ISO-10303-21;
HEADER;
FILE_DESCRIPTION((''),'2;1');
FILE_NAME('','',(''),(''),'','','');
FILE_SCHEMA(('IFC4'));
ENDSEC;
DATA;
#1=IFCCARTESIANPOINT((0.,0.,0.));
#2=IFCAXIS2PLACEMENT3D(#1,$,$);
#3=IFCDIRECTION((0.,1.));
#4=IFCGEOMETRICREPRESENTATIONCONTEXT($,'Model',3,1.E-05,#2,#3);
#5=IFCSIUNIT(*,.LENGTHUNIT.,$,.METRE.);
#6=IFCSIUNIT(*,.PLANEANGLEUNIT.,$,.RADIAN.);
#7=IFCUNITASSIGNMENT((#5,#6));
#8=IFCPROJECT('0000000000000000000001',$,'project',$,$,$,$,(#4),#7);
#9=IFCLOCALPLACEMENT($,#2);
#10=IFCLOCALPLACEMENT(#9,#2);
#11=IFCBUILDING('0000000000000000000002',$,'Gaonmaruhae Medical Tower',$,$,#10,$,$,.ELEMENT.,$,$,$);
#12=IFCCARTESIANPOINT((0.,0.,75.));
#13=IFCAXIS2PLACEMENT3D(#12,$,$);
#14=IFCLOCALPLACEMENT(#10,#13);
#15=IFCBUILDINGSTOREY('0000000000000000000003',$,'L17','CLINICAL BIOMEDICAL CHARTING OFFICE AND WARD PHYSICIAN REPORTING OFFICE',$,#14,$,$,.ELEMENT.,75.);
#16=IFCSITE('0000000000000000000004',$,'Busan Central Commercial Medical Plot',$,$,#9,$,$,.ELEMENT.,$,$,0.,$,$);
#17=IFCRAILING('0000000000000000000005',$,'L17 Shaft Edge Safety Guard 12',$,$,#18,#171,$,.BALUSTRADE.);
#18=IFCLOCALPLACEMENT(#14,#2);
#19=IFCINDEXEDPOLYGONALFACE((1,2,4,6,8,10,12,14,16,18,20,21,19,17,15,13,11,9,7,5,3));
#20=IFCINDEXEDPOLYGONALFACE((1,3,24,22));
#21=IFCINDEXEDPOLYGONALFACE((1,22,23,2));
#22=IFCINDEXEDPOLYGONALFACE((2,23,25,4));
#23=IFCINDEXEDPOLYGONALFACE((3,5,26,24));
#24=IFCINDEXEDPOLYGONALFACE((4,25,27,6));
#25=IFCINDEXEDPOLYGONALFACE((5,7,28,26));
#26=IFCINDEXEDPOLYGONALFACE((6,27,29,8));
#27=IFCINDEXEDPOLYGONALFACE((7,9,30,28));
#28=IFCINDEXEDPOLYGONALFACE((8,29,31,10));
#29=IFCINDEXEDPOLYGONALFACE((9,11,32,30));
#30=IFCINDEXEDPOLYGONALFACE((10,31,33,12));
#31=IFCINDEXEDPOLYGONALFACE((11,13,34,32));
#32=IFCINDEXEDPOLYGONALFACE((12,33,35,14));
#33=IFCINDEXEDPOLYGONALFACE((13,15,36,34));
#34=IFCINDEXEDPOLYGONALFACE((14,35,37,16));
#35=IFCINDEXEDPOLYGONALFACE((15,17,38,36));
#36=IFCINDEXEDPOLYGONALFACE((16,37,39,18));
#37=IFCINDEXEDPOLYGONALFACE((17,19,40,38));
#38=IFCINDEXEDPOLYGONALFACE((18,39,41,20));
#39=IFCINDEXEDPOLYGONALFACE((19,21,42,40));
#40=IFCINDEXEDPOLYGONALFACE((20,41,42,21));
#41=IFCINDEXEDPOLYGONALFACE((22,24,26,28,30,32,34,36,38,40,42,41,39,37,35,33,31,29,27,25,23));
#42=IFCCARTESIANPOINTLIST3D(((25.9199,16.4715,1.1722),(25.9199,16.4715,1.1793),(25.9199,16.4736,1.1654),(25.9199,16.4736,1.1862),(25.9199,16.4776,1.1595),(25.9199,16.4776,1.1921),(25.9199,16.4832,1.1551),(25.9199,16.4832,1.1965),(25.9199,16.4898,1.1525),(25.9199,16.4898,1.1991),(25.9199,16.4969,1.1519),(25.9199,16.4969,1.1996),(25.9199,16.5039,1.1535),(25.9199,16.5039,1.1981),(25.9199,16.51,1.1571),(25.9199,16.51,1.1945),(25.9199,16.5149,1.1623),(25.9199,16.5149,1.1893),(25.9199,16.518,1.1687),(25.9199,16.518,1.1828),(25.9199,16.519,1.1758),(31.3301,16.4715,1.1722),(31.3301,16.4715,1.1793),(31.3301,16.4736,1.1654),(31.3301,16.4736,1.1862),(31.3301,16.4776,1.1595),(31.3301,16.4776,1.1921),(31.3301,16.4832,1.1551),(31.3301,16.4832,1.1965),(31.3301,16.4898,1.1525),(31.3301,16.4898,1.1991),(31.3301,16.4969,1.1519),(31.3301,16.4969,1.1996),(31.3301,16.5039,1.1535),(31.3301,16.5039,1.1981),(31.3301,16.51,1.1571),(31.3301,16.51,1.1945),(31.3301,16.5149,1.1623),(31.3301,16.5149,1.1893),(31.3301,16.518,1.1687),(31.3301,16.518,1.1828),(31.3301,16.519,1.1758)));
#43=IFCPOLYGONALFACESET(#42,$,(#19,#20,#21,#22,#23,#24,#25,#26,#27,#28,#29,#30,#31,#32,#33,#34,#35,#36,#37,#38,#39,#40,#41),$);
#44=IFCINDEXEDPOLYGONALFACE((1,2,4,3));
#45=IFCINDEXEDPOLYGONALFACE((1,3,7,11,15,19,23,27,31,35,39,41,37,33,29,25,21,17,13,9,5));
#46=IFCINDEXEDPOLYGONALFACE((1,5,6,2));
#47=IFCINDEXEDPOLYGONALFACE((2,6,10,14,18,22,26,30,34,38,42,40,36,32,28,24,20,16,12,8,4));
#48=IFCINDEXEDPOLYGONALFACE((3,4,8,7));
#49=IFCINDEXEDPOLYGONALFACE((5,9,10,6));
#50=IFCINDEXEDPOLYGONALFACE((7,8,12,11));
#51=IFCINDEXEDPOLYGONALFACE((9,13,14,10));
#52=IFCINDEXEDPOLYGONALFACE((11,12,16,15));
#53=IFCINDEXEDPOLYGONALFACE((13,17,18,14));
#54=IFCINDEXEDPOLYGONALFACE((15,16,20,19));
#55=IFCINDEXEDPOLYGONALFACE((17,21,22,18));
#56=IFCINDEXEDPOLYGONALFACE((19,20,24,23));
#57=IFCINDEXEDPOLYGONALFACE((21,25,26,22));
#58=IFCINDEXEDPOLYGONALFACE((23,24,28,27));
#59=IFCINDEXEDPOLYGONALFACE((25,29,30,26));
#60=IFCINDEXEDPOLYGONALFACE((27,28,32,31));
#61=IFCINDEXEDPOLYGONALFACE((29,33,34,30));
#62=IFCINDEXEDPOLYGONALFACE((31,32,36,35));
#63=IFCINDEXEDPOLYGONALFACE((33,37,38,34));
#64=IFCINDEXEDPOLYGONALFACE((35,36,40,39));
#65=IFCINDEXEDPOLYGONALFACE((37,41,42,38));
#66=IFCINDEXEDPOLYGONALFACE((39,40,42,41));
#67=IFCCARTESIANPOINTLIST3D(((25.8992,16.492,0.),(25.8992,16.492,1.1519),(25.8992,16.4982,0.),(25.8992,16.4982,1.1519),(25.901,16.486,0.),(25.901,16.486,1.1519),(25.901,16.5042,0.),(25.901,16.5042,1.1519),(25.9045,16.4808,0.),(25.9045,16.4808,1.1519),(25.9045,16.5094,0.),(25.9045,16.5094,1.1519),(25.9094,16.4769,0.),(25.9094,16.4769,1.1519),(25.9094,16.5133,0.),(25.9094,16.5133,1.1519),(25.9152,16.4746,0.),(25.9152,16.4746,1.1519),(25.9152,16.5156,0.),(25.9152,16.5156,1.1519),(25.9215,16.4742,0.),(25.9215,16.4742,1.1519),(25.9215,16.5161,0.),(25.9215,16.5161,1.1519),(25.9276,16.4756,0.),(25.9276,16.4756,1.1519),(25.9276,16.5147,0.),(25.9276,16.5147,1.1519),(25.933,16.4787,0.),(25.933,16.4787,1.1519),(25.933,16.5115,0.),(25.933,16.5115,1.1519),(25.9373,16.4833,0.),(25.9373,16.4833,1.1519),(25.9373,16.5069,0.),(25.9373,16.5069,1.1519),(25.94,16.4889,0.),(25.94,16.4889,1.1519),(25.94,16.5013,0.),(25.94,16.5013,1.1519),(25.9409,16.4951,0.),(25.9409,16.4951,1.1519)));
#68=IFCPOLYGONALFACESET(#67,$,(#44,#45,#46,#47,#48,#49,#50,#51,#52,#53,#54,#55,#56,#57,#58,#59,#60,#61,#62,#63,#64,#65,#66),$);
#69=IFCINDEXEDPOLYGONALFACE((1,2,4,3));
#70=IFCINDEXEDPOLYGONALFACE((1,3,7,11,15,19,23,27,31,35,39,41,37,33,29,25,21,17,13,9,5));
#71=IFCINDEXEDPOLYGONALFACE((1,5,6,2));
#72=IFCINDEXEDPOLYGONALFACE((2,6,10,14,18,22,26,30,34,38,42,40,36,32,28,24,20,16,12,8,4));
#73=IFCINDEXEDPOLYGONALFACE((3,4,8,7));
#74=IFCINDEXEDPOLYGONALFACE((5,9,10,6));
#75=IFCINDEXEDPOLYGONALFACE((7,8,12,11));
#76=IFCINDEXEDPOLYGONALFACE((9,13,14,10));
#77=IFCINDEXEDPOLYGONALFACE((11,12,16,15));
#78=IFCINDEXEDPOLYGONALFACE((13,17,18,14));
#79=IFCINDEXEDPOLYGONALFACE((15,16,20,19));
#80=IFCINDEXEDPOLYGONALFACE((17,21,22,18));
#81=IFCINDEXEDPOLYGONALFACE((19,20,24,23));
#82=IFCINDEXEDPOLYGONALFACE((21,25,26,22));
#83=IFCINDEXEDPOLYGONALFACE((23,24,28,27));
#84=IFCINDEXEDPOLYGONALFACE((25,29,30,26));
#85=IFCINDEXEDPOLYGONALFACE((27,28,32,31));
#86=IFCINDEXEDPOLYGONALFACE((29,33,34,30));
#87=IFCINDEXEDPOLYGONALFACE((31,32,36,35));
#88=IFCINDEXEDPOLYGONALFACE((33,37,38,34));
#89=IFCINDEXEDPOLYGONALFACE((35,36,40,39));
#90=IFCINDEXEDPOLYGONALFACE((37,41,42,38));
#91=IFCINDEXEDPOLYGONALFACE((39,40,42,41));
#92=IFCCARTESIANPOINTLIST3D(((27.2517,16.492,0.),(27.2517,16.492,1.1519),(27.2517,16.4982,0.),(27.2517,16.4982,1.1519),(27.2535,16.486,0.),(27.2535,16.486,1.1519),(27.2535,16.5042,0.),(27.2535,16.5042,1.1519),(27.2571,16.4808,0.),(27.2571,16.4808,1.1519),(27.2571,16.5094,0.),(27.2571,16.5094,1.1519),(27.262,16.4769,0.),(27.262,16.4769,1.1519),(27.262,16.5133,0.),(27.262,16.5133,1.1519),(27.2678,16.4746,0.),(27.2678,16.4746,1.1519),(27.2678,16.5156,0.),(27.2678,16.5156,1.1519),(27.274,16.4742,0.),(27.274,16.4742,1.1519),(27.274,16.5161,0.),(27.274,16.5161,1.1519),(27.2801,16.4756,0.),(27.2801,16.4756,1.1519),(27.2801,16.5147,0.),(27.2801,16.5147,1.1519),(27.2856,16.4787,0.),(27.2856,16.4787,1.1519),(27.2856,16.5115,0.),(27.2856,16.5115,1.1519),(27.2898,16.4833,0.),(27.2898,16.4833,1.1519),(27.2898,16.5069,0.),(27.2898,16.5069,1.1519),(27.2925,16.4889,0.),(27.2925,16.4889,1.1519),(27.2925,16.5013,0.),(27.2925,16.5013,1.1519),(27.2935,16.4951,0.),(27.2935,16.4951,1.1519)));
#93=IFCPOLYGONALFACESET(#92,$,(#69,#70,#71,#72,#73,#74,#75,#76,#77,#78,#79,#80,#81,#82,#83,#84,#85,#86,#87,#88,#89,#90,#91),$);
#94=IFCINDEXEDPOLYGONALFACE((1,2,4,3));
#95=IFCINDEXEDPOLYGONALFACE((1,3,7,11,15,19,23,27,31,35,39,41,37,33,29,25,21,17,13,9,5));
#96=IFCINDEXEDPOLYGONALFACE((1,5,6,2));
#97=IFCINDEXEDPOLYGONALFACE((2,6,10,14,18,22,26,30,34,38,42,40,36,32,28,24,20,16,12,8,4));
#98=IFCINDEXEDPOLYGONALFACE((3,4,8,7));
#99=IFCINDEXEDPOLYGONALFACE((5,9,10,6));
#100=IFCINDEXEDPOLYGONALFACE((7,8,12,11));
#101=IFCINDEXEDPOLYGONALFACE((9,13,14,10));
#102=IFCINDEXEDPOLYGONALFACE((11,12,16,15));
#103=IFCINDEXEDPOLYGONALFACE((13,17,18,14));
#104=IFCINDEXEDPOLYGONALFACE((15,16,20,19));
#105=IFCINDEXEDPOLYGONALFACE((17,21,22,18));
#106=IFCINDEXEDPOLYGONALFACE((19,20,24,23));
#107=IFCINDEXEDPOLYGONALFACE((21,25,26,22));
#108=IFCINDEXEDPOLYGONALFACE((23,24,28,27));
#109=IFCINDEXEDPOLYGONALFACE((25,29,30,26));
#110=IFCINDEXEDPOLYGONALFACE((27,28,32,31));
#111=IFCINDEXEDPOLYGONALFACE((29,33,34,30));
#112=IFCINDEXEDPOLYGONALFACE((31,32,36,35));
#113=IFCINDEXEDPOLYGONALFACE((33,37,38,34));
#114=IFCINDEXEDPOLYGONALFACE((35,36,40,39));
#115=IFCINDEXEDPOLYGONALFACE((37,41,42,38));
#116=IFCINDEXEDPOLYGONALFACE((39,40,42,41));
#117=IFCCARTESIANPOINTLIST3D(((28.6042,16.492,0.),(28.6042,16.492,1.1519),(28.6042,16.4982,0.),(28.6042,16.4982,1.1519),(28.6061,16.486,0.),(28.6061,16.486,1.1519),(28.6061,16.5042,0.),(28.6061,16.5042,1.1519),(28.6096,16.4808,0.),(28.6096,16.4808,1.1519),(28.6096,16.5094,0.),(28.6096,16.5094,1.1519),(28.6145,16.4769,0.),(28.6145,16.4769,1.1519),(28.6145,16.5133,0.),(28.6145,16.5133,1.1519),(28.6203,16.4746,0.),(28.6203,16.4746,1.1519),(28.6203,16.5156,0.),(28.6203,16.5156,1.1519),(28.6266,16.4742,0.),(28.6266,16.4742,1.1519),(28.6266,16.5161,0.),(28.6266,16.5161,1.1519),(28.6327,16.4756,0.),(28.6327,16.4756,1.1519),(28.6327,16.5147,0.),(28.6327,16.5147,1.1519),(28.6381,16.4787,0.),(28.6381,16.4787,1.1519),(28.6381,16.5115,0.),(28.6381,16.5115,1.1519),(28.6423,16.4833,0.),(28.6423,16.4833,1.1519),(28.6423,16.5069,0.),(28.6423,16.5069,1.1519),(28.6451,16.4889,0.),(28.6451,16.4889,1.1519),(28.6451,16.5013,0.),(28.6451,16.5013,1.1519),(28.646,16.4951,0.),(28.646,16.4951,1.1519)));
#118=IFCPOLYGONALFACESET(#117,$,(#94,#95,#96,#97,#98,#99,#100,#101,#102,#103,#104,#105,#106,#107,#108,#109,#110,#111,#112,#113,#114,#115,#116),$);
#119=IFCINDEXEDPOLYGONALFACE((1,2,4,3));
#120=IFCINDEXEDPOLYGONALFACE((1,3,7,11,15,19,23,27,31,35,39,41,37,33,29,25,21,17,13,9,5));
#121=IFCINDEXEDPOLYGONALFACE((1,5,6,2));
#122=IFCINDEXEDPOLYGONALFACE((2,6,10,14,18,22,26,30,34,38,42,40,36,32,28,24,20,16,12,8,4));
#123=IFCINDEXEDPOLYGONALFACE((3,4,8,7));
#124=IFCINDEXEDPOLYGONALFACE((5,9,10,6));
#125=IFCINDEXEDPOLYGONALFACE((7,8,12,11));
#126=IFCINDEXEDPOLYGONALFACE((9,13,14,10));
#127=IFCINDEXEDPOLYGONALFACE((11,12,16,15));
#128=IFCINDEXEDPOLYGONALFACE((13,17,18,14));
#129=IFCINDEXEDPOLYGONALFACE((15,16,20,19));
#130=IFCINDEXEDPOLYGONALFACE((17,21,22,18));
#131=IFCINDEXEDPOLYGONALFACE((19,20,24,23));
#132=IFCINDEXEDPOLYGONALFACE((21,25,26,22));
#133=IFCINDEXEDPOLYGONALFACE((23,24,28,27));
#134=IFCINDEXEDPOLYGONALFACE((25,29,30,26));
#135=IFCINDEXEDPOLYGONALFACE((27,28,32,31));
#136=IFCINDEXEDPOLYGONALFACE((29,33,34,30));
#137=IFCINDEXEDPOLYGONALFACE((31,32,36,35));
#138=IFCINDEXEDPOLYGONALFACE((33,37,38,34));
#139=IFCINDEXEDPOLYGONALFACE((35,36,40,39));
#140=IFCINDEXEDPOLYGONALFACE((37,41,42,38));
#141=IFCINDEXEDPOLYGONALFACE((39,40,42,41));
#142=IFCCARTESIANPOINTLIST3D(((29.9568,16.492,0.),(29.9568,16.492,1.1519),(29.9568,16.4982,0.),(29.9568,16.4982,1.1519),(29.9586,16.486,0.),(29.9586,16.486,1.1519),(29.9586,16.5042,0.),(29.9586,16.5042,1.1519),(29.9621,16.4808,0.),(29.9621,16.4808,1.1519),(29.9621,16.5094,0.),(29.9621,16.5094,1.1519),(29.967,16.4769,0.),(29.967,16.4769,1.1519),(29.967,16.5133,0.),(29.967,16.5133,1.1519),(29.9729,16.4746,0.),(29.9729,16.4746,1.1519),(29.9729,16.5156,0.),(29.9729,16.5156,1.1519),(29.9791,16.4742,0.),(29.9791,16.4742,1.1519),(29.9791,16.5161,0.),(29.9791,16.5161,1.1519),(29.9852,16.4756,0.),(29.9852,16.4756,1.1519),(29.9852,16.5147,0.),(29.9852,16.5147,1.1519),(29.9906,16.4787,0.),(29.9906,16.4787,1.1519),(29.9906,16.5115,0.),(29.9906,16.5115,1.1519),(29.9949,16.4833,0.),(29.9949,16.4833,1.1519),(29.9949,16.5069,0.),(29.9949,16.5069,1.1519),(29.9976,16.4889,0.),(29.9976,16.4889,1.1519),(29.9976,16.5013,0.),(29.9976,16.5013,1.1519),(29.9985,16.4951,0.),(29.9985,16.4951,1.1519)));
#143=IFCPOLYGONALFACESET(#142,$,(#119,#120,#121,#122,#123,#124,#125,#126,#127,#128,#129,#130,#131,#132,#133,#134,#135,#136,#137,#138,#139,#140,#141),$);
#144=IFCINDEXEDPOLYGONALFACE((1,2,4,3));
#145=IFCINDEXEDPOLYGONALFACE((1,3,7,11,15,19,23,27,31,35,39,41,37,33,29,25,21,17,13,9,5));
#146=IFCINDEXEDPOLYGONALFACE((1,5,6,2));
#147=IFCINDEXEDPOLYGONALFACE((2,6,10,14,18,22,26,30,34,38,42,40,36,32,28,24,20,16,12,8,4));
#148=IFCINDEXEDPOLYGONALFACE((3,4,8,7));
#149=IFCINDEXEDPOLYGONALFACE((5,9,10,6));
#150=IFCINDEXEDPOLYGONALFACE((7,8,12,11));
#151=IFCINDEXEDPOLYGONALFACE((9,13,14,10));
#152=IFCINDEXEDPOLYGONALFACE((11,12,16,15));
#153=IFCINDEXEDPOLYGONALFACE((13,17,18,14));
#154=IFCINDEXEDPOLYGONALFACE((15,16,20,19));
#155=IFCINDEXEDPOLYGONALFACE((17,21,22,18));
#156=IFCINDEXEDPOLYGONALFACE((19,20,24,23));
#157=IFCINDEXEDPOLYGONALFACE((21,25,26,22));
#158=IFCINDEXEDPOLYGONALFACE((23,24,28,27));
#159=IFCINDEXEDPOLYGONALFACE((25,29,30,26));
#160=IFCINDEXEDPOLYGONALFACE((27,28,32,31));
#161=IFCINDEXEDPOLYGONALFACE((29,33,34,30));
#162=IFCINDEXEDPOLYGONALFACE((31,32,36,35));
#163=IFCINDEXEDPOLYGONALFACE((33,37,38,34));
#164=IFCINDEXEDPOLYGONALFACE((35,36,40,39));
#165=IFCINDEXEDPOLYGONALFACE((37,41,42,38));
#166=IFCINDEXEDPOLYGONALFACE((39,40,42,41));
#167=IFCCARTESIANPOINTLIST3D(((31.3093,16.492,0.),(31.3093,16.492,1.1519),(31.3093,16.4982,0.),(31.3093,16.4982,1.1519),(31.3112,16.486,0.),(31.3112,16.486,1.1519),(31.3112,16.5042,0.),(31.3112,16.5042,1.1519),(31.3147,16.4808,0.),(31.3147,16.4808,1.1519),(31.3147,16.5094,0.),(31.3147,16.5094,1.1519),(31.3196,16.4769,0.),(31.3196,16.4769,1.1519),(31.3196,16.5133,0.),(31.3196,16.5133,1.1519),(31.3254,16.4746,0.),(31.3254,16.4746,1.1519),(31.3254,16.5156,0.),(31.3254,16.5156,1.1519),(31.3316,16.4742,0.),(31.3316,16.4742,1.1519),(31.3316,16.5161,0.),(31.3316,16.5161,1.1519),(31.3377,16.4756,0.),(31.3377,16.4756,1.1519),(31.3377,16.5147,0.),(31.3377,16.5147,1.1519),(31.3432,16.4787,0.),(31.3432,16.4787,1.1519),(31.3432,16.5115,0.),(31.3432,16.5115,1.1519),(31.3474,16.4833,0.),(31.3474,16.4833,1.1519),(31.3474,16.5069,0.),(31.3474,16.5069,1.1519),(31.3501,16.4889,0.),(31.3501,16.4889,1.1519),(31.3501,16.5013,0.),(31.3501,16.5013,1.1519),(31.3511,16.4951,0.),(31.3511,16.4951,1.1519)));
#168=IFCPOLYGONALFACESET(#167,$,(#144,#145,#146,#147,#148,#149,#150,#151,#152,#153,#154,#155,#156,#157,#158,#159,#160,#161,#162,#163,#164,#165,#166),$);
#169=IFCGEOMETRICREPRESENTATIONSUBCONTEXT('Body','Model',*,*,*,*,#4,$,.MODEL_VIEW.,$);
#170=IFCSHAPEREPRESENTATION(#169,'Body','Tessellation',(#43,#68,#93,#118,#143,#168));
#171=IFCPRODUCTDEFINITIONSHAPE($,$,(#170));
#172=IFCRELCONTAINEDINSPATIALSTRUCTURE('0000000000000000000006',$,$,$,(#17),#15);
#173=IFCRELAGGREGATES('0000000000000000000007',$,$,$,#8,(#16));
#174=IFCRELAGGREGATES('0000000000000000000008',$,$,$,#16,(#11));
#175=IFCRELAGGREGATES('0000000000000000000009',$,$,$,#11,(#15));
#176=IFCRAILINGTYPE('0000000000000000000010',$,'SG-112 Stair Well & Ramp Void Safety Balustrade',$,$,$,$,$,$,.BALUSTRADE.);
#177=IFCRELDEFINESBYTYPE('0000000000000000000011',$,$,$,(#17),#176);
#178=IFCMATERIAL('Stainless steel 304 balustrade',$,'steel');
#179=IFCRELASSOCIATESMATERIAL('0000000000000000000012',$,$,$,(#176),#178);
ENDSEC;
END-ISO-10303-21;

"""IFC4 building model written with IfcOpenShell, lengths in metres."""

from ifc_helpers import new_model, si_unit, direction, frame, origin, origin_2d, place, context, subcontext, project, spatial, circle, extrude, material, type_object, element, save


model = new_model("IFC4")

# Units and contexts
model_context = context("Model", 3, precision=1e-05, world=origin(), true_north=direction((0.0, 1.0)))
body_context = subcontext(model_context, "Body", "Model", "MODEL_VIEW")
ifc_project = project(units=[si_unit("LENGTHUNIT", "METRE"), si_unit("PLANEANGLEUNIT", "RADIAN")], contexts=[model_context])

# Site, building, storey
site_placement = place(None, origin())
site = spatial("IfcSite", under=ifc_project, at=site_placement, Name="Busan Central Commercial Medical Plot", CompositionType="ELEMENT", RefElevation=0.0)
building_placement = place(site_placement, origin())
building = spatial("IfcBuilding", under=site, at=building_placement, Name="Gaonmaruhae Medical Tower", CompositionType="ELEMENT")
storey_placement = place(building_placement, frame((0.0, 0.0, 75.0)))
storey = spatial("IfcBuildingStorey", under=building, at=storey_placement, Name="L17", Description="CLINICAL BIOMEDICAL CHARTING OFFICE AND WARD PHYSICIAN REPORTING OFFICE", CompositionType="ELEMENT", Elevation=75.0)

# Railing
ifc_material_1 = material(Name="Stainless steel 304 balustrade", Category="steel")
railing_type = type_object("IfcRailingType", Name="SG-112 Stair Well & Ramp Void Safety Balustrade", PredefinedType="BALUSTRADE", material=ifc_material_1)
railing_1_placement = place(storey_placement, frame((25.9199, 16.4951, 0.0)))
element("IfcRailing", 1, at=railing_1_placement, inside=storey, type_object=railing_type, Name="L17 Shaft Edge Safety Guard 12", PredefinedType="BALUSTRADE", context=body_context, shape_type="SweptSolid", body=[
    extrude(circle(Radius=0.0239, at=origin_2d()), frame((0.0, 0.0, 1.1758), z_axis=(1.0, 0.0, 0.0), x_axis=(0.0, 1.0, 0.0)), (0.0, 0.0, 1.0), 5.4102),
    extrude(circle(Radius=0.021, at=origin_2d()), origin(), (0.0, 0.0, 1.0), 1.1519),
    extrude(circle(Radius=0.021, at=origin_2d()), frame((1.3525, 0.0, 0.0)), (0.0, 0.0, 1.0), 1.1519),
    extrude(circle(Radius=0.021, at=origin_2d()), frame((2.7051, 0.0, 0.0)), (0.0, 0.0, 1.0), 1.1519),
    extrude(circle(Radius=0.021, at=origin_2d()), frame((4.0576, 0.0, 0.0)), (0.0, 0.0, 1.0), 1.1519),
    extrude(circle(Radius=0.021, at=origin_2d()), frame((5.4102, 0.0, 0.0)), (0.0, 0.0, 1.0), 1.1519),
])

save(model, "model.ifc")
